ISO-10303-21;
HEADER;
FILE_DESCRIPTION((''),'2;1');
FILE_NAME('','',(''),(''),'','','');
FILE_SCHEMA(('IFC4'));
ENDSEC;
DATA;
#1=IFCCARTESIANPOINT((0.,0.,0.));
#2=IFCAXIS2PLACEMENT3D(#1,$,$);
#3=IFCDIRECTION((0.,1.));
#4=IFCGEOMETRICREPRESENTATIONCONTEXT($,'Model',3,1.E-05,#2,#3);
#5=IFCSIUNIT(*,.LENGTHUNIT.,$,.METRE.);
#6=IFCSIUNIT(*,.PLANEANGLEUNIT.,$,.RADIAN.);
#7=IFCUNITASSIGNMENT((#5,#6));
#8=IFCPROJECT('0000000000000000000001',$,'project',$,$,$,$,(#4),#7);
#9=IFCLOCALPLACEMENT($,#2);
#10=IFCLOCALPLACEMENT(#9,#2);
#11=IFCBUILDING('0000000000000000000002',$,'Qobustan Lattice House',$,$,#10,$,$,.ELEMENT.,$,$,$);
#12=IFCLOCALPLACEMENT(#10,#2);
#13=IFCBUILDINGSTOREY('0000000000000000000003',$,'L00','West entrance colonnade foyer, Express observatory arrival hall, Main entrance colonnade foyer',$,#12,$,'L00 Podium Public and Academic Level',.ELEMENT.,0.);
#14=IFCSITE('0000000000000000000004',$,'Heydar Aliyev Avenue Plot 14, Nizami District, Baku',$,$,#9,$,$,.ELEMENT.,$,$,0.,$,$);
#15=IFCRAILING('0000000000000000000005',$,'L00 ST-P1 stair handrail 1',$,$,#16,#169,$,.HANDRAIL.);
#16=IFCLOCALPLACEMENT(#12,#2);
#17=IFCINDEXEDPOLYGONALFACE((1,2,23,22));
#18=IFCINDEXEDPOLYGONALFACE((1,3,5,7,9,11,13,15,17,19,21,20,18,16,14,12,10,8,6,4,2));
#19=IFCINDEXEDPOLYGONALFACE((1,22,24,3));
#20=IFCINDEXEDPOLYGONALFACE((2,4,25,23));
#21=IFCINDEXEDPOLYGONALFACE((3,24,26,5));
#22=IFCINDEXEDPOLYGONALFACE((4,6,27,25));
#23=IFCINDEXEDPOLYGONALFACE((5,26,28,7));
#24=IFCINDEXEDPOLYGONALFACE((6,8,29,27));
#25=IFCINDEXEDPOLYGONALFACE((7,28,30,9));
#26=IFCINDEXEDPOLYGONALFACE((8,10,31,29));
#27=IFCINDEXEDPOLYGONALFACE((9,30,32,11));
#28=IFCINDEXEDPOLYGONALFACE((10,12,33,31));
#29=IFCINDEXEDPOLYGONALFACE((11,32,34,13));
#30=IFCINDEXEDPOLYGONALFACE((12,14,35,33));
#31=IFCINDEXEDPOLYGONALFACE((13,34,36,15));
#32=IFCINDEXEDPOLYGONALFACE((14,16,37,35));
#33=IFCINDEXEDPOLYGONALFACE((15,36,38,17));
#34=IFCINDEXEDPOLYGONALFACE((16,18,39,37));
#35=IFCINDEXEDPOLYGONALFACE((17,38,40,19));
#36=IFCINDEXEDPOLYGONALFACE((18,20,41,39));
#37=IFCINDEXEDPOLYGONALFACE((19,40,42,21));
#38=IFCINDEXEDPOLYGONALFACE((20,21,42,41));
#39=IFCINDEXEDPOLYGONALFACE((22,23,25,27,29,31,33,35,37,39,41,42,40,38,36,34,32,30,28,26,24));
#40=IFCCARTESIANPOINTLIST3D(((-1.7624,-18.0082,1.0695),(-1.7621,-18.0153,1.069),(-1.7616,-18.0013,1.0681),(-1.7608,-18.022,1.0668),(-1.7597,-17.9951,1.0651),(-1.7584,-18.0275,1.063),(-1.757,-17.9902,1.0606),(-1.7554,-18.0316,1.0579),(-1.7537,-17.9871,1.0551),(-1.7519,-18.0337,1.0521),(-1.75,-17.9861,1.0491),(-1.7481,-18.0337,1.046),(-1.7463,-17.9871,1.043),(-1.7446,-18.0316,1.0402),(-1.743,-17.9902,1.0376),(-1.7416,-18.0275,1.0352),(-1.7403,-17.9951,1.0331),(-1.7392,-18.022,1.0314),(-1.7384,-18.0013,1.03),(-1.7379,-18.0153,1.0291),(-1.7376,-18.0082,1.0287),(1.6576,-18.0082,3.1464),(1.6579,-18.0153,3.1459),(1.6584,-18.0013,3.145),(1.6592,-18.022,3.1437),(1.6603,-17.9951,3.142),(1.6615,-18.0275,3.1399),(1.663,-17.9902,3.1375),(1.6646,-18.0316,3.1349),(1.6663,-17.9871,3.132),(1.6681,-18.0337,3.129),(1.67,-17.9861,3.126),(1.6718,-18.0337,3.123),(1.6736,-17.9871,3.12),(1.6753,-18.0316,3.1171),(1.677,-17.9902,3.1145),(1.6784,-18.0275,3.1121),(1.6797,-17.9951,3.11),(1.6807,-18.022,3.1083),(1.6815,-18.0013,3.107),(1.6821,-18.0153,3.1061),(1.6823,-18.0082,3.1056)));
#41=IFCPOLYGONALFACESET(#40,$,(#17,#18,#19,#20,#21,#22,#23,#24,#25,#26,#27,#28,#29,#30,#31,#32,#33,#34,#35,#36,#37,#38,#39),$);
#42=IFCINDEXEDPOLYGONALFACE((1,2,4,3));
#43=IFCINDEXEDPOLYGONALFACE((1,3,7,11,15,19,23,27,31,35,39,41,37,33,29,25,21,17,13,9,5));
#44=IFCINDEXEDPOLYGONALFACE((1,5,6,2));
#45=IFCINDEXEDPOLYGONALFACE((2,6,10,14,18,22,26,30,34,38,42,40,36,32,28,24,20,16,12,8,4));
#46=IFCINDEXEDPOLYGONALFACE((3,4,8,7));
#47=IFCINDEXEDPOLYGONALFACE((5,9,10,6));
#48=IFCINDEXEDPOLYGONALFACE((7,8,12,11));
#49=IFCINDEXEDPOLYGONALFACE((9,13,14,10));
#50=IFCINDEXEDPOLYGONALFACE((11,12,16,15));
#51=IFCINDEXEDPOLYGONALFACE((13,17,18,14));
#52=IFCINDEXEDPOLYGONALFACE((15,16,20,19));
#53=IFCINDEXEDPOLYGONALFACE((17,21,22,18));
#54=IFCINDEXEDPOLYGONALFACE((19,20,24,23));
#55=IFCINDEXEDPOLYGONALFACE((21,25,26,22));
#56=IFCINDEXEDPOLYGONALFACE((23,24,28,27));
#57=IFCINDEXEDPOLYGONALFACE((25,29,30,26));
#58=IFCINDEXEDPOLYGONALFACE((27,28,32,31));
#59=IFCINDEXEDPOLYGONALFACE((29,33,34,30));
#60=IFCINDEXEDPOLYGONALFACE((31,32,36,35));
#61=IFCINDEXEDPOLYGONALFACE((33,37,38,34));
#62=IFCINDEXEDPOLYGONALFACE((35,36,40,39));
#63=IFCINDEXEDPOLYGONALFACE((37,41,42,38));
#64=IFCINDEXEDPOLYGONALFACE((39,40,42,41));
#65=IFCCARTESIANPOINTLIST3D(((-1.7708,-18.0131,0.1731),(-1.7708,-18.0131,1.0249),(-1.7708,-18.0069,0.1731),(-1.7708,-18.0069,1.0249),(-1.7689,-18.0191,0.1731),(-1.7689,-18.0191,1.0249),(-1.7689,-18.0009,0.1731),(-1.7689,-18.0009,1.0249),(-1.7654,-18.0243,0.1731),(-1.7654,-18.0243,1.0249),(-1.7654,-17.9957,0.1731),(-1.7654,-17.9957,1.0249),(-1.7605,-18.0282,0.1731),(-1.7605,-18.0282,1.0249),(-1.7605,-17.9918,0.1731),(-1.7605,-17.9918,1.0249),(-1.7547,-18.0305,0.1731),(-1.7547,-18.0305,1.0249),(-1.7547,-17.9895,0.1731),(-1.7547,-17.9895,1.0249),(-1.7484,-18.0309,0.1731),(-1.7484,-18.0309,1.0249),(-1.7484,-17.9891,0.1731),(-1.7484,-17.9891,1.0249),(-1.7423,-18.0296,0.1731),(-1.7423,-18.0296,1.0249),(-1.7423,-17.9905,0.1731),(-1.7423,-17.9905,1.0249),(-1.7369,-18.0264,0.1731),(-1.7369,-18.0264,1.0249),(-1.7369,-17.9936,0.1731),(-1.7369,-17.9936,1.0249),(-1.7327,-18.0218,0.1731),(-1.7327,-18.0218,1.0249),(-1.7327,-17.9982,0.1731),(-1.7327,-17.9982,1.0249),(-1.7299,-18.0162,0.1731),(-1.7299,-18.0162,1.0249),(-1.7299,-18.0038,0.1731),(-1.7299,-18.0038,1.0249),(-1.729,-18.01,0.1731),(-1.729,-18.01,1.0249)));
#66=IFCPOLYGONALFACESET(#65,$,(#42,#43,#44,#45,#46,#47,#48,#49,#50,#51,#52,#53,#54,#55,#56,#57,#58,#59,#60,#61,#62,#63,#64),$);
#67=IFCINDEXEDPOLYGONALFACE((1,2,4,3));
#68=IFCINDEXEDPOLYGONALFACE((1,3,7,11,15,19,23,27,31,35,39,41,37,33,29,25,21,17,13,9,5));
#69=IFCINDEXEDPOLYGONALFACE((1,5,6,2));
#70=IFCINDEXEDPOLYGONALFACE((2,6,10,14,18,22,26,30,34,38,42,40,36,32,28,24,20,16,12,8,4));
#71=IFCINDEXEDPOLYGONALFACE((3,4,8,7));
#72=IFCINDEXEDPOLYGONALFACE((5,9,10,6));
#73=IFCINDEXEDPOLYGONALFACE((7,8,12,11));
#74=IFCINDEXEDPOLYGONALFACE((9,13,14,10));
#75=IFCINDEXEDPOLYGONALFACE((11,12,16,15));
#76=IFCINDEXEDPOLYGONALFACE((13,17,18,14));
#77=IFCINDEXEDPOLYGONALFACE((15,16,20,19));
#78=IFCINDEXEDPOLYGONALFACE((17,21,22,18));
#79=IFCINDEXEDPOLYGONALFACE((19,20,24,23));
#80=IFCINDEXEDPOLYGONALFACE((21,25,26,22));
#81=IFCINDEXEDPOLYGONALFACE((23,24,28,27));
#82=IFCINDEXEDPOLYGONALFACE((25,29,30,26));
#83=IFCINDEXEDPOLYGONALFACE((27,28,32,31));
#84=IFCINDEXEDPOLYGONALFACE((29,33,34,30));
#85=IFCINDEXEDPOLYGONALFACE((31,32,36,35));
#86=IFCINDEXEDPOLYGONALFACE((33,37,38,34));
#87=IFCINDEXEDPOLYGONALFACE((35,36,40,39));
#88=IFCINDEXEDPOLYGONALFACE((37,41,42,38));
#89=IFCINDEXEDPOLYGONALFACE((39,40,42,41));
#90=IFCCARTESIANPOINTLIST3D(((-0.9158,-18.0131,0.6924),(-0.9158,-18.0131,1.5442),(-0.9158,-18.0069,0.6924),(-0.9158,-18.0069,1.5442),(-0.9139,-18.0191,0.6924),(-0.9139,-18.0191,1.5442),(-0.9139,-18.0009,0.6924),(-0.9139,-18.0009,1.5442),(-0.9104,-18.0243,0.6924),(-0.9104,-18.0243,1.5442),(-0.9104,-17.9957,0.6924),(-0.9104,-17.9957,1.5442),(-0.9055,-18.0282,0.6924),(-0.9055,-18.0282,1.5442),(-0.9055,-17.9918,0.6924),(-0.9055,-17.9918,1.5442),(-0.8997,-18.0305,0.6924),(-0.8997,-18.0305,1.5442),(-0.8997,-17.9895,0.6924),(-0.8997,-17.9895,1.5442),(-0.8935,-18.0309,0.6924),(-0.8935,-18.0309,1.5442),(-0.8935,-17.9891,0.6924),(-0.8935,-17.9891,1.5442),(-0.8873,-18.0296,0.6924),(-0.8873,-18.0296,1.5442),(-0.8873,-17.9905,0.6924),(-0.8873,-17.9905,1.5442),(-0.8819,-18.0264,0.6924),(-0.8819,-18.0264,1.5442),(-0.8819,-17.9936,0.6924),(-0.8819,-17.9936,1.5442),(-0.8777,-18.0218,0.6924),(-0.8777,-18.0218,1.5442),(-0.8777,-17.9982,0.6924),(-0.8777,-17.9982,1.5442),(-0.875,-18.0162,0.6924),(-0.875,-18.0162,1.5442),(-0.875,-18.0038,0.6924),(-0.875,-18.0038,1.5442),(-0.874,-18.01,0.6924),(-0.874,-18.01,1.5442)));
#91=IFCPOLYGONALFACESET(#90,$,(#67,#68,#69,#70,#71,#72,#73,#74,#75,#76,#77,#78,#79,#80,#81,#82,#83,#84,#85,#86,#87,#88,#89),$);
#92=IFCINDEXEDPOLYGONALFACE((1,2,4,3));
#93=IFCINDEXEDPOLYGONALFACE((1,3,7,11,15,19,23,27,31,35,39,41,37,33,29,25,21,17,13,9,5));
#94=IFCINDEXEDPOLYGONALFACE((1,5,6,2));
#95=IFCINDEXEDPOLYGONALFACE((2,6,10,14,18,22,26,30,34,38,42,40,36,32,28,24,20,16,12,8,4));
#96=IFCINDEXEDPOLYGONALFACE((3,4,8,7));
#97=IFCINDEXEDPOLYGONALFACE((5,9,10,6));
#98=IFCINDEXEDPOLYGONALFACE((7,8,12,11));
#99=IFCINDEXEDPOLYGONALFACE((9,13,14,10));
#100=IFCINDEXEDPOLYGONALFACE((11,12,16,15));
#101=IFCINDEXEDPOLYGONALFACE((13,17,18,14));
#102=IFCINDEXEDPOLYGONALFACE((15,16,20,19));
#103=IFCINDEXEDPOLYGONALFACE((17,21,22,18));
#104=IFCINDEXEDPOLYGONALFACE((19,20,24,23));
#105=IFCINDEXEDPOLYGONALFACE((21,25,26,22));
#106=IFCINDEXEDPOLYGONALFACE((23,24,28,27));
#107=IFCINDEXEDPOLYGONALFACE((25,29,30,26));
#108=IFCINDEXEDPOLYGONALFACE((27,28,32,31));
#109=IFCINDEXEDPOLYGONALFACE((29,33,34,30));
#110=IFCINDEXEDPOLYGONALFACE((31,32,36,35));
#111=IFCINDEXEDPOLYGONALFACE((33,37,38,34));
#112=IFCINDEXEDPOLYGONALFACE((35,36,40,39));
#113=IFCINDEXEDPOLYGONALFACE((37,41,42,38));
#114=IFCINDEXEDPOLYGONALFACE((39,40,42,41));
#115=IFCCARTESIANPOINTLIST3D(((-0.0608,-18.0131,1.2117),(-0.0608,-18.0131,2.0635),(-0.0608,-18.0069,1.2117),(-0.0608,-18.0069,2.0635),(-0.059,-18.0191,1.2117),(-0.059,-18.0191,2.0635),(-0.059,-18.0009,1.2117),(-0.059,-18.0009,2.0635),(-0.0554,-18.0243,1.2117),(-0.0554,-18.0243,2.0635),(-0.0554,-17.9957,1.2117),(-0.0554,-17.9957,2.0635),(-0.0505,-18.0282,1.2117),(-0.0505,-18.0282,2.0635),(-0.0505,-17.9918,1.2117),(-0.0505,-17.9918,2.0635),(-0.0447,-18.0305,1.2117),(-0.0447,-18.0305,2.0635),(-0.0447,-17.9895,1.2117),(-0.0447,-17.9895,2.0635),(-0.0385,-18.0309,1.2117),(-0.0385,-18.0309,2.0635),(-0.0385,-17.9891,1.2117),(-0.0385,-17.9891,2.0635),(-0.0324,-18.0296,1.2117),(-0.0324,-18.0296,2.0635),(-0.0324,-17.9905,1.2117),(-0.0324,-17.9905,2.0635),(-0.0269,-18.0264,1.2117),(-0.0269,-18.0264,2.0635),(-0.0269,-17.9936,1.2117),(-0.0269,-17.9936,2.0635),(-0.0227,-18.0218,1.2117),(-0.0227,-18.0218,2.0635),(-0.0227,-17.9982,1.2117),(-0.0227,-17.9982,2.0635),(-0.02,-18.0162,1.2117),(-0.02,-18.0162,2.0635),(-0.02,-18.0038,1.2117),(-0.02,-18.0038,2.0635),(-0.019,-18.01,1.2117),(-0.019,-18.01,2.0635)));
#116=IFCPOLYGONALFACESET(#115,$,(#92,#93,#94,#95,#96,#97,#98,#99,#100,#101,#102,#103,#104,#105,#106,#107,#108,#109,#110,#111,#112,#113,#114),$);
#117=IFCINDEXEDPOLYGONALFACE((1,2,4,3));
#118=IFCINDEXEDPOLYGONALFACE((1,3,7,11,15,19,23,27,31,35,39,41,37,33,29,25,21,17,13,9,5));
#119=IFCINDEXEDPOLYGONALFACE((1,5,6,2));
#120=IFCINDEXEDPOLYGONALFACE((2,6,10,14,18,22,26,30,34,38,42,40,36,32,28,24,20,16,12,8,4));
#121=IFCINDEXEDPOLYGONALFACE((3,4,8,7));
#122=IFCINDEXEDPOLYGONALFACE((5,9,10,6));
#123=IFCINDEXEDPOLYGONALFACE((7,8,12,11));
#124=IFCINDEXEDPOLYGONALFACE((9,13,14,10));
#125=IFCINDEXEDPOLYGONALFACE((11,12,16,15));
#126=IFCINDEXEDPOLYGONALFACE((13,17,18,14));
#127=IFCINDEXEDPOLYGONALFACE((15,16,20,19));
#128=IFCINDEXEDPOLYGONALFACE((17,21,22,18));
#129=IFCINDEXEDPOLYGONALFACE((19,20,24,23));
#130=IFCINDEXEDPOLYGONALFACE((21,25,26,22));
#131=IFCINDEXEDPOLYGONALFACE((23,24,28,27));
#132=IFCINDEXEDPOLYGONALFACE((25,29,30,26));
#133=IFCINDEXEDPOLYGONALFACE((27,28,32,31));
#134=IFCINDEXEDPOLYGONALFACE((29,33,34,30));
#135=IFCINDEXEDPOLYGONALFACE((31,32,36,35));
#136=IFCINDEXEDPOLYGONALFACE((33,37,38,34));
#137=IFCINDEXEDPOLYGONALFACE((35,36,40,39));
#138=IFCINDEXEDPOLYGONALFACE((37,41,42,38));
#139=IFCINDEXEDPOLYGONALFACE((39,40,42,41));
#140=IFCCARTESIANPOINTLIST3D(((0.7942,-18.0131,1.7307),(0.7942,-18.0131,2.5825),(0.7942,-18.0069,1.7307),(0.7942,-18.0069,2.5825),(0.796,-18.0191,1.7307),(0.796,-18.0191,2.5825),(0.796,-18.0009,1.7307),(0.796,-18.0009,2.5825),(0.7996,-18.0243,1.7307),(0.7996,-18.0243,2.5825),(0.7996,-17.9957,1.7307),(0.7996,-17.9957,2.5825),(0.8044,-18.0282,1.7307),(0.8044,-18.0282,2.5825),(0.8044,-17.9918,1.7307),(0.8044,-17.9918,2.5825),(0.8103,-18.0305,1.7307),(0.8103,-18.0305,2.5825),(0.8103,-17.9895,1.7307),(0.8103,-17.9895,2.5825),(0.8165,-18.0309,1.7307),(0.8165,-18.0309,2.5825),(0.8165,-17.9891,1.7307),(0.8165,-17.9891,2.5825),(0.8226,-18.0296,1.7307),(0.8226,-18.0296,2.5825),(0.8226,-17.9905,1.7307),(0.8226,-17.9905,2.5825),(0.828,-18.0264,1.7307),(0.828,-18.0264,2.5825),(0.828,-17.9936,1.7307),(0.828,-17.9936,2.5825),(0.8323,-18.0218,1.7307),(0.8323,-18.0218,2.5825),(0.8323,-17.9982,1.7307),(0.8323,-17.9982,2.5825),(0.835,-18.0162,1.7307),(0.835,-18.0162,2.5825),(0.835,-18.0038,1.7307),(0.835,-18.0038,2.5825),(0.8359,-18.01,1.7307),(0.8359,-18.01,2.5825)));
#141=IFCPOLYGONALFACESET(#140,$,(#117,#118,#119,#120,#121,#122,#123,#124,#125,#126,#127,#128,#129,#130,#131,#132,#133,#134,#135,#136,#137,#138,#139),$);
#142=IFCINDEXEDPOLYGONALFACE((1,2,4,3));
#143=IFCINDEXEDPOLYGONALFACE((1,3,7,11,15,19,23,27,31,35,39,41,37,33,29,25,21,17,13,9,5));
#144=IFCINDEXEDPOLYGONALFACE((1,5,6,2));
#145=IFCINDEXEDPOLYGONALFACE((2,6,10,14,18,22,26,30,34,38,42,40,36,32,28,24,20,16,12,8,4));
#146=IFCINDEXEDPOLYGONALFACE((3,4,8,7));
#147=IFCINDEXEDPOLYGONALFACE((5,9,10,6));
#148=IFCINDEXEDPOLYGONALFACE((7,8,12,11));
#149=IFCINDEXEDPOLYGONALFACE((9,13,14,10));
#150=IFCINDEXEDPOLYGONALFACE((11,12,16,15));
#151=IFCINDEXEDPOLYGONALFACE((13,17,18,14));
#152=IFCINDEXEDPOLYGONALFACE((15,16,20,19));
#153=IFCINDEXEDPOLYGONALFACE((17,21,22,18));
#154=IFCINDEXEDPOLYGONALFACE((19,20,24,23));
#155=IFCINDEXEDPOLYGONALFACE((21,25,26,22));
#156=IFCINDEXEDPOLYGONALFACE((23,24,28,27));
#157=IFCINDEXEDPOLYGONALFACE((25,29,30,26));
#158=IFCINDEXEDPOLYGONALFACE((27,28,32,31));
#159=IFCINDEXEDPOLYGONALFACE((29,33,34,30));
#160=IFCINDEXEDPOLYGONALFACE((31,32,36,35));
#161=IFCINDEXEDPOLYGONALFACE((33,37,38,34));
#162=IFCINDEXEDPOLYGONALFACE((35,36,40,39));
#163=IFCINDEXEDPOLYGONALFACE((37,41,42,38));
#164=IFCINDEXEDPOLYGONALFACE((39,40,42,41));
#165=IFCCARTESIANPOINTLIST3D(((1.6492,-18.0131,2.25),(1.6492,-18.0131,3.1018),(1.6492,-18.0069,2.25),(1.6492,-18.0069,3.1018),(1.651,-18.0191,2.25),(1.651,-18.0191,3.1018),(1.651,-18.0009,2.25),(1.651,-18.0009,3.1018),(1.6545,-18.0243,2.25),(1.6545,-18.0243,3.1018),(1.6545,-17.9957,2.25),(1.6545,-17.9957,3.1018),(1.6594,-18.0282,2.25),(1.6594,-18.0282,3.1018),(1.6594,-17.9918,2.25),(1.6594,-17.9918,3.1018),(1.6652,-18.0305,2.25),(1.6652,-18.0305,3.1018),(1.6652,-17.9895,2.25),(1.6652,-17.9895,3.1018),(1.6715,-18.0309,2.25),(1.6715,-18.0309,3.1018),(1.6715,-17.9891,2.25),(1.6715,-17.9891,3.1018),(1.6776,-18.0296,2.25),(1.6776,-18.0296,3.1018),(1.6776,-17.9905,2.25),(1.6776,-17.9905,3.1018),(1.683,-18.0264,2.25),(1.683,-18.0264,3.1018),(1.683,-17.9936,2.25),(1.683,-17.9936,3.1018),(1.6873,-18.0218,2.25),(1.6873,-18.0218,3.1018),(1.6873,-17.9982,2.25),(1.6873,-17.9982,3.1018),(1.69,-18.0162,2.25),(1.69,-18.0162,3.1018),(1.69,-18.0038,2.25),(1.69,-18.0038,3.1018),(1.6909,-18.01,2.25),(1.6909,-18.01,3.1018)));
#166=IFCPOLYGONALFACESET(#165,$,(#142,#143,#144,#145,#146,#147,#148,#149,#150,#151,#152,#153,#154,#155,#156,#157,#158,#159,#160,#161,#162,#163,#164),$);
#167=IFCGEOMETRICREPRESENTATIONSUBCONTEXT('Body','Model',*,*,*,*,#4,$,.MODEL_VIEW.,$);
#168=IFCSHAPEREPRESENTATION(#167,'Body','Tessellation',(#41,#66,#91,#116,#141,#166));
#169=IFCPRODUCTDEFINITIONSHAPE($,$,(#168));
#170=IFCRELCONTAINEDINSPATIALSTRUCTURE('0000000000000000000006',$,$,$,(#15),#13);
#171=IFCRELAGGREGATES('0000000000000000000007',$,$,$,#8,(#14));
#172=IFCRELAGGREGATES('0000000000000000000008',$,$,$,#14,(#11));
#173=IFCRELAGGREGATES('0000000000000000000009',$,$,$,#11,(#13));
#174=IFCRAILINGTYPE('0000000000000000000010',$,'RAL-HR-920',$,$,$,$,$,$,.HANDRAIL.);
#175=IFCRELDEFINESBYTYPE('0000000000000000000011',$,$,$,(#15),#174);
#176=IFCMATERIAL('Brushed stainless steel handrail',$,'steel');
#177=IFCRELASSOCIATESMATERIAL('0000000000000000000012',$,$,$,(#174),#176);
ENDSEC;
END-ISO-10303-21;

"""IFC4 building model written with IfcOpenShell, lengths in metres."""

from ifc_helpers import new_model, si_unit, direction, frame, origin, origin_2d, place, context, subcontext, project, spatial, circle, extrude, material, type_object, element, save


model = new_model("IFC4")

# Units and contexts
model_context = context("Model", 3, precision=1e-05, world=origin(), true_north=direction((0.0, 1.0)))
body_context = subcontext(model_context, "Body", "Model", "MODEL_VIEW")
ifc_project = project(units=[si_unit("LENGTHUNIT", "METRE"), si_unit("PLANEANGLEUNIT", "RADIAN")], contexts=[model_context])

# Site, building, storey
site_placement = place(None, origin())
site = spatial("IfcSite", under=ifc_project, at=site_placement, Name="Heydar Aliyev Avenue Plot 14, Nizami District, Baku", CompositionType="ELEMENT", RefElevation=0.0)
building_placement = place(site_placement, origin())
building = spatial("IfcBuilding", under=site, at=building_placement, Name="Qobustan Lattice House", CompositionType="ELEMENT")
storey_placement = place(building_placement, origin())
storey = spatial("IfcBuildingStorey", under=building, at=storey_placement, Name="L00", Description="West entrance colonnade foyer, Express observatory arrival hall, Main entrance colonnade foyer", LongName="L00 Podium Public and Academic Level", CompositionType="ELEMENT", Elevation=0.0)

# Railing
ifc_material_1 = material(Name="Brushed stainless steel handrail", Category="steel")
railing_type_1 = type_object("IfcRailingType", Name="RAL-HR-920", PredefinedType="HANDRAIL", material=ifc_material_1)
railing_1_placement = place(storey_placement, frame((-1.75, -18.01, 0.1731)))
element("IfcRailing", 1, at=railing_1_placement, inside=storey, type_object=railing_type_1, Name="L00 ST-P1 stair handrail 1", PredefinedType="HANDRAIL", context=body_context, shape_type="SweptSolid", body=[
    extrude(circle(Radius=0.0239, at=origin_2d()), frame((0.0, 0.0, 0.876), z_axis=(0.85473, 0.0, 0.519074), x_axis=(0.0, 1.0, 0.0)), (0.0, 0.0, 1.0), 4.0012),
    extrude(circle(Radius=0.021, at=origin_2d()), origin(), (0.0, 0.0, 1.0), 0.8518),
    extrude(circle(Radius=0.021, at=origin_2d()), frame((0.855, 0.0, 0.5193)), (0.0, 0.0, 1.0), 0.8518),
    extrude(circle(Radius=0.021, at=origin_2d()), frame((1.71, 0.0, 1.0386)), (0.0, 0.0, 1.0), 0.8518),
    extrude(circle(Radius=0.021, at=origin_2d()), frame((2.5649, 0.0, 1.5576)), (0.0, 0.0, 1.0), 0.8518),
    extrude(circle(Radius=0.021, at=origin_2d()), frame((3.4199, 0.0, 2.0769)), (0.0, 0.0, 1.0), 0.8518),
])

save(model, "model.ifc")
